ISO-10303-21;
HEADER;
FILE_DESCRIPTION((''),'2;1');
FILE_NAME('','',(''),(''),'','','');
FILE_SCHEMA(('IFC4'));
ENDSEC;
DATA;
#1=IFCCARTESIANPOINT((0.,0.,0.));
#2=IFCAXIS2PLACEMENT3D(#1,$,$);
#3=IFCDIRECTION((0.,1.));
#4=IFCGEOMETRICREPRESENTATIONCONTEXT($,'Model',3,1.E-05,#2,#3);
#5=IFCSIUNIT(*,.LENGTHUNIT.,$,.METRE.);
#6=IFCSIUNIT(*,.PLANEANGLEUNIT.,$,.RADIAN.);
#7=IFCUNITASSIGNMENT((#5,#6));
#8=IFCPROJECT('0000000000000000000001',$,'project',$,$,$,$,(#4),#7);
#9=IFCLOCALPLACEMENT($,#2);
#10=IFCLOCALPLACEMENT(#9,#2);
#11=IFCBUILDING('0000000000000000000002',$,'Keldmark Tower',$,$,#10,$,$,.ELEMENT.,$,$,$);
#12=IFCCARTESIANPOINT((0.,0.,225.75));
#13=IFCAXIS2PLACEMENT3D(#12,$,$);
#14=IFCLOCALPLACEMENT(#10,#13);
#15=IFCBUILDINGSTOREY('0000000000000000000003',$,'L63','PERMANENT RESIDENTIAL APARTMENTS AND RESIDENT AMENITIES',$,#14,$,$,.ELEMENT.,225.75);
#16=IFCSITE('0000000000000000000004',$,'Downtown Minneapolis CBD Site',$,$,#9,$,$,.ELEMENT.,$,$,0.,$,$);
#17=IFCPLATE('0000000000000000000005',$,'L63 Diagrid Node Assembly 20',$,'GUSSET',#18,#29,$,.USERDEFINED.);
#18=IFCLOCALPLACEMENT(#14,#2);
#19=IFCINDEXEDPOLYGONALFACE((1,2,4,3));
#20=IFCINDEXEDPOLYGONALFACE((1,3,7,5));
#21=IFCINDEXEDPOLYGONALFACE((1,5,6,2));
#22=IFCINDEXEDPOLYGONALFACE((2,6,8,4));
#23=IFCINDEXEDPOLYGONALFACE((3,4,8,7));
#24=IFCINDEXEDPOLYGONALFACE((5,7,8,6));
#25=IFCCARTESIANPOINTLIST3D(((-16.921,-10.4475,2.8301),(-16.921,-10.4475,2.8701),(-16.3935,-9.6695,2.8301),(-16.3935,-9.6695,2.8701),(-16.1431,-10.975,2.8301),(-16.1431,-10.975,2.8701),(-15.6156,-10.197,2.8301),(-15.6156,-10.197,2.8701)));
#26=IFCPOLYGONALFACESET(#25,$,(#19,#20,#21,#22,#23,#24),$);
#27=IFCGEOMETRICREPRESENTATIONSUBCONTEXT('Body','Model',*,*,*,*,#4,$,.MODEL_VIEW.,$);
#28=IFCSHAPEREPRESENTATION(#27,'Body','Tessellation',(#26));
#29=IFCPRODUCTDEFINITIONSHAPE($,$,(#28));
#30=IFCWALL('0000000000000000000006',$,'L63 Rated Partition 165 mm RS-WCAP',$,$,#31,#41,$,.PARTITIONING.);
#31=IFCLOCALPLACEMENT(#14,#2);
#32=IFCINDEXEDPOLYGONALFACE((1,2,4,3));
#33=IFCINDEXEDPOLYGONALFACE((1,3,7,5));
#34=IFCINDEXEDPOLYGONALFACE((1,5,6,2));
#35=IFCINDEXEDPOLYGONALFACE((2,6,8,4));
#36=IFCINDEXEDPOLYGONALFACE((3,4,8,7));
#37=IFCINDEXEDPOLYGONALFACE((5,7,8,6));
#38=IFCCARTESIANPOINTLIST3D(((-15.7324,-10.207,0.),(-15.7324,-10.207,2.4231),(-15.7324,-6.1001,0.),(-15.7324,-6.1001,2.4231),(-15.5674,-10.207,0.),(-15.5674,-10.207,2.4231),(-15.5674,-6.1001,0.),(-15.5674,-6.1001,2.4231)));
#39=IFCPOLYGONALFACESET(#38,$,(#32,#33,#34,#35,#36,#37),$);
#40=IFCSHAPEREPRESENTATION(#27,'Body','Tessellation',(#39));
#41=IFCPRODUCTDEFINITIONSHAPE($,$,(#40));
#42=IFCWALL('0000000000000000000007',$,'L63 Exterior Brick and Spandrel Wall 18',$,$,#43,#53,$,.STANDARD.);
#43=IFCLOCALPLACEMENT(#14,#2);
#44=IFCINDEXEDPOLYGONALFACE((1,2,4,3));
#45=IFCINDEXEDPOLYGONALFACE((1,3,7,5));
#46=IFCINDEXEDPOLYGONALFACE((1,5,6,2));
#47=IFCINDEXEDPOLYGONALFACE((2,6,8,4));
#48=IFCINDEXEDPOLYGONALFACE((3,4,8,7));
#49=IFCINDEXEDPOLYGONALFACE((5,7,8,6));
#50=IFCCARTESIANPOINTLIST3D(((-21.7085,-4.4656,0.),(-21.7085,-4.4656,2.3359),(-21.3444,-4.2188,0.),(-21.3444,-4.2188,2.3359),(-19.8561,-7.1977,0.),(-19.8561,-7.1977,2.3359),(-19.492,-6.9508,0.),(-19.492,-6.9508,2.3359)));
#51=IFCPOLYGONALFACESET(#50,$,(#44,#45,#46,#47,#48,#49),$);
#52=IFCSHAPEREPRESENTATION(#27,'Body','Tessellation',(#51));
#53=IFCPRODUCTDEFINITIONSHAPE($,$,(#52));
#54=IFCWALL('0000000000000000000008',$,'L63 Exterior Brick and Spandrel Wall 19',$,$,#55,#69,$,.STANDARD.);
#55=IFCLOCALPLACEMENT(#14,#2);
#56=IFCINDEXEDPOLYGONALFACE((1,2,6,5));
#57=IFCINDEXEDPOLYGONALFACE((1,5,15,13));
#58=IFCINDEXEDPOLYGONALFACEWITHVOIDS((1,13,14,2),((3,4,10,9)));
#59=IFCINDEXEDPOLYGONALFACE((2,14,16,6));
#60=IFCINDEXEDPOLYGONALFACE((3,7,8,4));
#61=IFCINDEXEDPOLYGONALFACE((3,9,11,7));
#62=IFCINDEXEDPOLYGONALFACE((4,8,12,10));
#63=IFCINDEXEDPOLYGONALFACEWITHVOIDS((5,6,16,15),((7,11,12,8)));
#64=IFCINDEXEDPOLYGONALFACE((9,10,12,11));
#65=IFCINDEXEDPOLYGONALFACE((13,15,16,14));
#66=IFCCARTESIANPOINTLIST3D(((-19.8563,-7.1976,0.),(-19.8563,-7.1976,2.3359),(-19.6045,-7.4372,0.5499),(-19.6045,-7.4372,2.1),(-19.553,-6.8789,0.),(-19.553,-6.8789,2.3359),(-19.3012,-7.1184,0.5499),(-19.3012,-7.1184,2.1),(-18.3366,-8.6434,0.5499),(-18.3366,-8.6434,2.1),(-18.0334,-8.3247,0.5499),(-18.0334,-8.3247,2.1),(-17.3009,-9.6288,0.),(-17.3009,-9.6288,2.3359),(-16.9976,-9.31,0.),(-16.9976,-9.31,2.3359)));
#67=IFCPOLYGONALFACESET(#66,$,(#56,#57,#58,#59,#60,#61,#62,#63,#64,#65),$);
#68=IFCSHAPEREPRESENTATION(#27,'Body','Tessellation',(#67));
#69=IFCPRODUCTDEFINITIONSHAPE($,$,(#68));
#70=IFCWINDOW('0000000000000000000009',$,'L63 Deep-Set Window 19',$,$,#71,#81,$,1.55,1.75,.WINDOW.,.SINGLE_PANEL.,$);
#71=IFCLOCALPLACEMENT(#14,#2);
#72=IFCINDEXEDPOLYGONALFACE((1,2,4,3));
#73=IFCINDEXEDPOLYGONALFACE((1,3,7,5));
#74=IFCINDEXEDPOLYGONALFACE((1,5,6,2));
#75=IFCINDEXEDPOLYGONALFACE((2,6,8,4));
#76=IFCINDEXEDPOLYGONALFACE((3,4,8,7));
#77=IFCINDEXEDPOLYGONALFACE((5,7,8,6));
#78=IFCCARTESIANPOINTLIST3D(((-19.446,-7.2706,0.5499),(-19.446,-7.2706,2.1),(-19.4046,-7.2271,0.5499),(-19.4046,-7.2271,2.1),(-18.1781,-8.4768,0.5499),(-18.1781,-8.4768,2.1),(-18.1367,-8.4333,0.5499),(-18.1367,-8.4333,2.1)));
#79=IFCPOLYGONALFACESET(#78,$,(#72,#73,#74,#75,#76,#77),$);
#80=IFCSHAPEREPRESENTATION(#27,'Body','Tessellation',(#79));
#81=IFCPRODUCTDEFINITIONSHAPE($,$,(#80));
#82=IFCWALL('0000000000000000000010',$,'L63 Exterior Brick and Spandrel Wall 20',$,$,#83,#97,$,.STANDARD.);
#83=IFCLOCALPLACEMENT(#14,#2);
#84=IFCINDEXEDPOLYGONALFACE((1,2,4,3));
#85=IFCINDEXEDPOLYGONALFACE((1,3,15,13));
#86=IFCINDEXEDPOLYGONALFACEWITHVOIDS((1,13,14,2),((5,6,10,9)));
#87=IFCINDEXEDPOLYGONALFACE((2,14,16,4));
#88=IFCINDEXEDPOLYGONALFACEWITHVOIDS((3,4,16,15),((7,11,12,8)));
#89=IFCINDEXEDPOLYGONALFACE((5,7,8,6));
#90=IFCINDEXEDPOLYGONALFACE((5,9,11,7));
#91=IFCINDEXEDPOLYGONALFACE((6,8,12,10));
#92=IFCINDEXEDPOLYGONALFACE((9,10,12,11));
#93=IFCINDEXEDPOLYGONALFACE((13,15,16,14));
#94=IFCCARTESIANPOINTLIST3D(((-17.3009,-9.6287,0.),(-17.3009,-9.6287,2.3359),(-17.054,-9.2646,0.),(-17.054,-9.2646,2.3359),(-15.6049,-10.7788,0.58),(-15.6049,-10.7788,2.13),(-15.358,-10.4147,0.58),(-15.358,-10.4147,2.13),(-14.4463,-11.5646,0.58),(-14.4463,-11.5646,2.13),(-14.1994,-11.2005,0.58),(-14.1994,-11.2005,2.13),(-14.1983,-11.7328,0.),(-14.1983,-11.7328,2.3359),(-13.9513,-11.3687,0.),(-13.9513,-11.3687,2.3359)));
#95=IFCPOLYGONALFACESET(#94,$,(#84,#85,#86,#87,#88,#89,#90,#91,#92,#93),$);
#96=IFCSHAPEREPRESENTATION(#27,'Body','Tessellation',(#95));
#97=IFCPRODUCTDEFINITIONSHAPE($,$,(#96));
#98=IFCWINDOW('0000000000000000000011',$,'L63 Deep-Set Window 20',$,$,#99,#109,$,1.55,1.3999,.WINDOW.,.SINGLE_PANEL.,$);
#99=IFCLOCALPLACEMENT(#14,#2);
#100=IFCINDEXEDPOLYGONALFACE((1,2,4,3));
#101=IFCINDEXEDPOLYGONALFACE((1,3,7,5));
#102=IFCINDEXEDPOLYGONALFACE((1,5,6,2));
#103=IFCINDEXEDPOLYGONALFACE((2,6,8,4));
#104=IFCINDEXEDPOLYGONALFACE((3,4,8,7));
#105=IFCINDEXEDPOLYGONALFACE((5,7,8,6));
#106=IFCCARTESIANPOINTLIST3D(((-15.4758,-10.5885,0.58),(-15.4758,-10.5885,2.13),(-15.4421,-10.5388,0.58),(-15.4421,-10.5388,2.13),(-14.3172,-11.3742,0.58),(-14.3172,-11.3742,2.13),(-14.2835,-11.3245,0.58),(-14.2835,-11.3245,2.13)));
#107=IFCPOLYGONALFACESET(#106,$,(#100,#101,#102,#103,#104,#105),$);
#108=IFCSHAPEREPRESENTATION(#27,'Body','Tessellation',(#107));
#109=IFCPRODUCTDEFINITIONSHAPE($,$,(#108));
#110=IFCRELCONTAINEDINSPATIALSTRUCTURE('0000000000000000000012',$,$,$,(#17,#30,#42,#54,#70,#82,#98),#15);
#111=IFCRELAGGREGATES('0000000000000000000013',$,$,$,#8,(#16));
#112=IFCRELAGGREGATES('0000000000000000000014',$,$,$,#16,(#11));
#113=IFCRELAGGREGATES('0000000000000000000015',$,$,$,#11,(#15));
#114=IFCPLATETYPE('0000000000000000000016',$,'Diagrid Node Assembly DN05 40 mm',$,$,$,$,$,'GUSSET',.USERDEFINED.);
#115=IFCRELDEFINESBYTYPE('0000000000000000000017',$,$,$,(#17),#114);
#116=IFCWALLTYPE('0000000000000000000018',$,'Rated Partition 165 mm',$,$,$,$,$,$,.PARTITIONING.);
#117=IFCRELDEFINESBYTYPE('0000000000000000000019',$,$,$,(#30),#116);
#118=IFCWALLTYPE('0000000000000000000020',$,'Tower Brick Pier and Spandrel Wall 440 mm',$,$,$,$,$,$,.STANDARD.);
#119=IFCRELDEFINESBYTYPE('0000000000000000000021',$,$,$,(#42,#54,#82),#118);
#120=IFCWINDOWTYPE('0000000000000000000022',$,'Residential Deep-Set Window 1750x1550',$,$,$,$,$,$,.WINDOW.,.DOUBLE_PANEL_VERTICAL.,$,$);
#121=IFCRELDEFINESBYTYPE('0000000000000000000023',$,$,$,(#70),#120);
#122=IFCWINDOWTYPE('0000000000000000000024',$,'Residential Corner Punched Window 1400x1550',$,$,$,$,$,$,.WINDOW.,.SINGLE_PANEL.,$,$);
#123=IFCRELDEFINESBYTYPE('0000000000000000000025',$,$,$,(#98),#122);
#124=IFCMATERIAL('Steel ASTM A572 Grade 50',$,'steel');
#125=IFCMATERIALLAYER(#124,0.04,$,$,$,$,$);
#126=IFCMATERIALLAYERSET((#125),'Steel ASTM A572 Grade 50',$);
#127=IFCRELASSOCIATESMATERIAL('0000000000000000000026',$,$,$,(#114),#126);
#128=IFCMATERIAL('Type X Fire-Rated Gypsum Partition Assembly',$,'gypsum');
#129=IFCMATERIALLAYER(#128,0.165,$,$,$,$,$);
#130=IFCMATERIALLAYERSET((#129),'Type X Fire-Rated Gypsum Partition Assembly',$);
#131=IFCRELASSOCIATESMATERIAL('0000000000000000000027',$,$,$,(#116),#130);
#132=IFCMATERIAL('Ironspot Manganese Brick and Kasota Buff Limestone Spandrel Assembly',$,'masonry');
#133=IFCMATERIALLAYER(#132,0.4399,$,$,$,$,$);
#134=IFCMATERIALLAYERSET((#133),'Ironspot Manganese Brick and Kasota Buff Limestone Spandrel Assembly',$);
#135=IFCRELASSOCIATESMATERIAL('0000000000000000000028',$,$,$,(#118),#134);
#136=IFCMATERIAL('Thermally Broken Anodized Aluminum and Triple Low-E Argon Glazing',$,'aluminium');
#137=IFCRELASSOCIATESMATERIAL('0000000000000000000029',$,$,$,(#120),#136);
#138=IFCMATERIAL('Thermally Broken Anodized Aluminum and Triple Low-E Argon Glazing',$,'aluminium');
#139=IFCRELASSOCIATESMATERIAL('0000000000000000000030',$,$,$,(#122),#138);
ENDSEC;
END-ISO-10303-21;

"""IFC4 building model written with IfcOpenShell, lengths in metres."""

from ifc_helpers import new_model, si_unit, direction, frame, frame_2d, origin, origin_2d, place, context, subcontext, project, spatial, rectangle, extrude, material, layer, layer_set, type_object, element, fill, save


model = new_model("IFC4")

# Units and contexts
model_context = context("Model", 3, precision=1e-05, world=origin(), true_north=direction((0.0, 1.0)))
body_context = subcontext(model_context, "Body", "Model", "MODEL_VIEW")
ifc_project = project(units=[si_unit("LENGTHUNIT", "METRE"), si_unit("PLANEANGLEUNIT", "RADIAN")], contexts=[model_context])

# Site, building, storey
site_placement = place(None, origin())
site = spatial("IfcSite", under=ifc_project, at=site_placement, Name="Downtown Minneapolis CBD Site", CompositionType="ELEMENT", RefElevation=0.0)
building_placement = place(site_placement, origin())
building = spatial("IfcBuilding", under=site, at=building_placement, Name="Keldmark Tower", CompositionType="ELEMENT")
storey_placement = place(building_placement, frame((0.0, 0.0, 225.75)))
storey = spatial("IfcBuildingStorey", under=building, at=storey_placement, Name="L63", Description="PERMANENT RESIDENTIAL APARTMENTS AND RESIDENT AMENITIES", CompositionType="ELEMENT", Elevation=225.75)

# Plate
ifc_material_1 = material(Name="Steel ASTM A572 Grade 50", Category="steel")
ifc_layer_1 = layer(ifc_material_1, 0.04)
ifc_layer_set_1 = layer_set([ifc_layer_1], Name="Steel ASTM A572 Grade 50")
plate_type = type_object("IfcPlateType", Name="Diagrid Node Assembly DN05 40 mm", ElementType="GUSSET", PredefinedType="USERDEFINED", material=ifc_layer_set_1)
for number, where, z_axis, x_axis, name in (
    (1, (-16.2683, -10.3223, 2.8301), (0.0, 0.0, 1.0), (0.827669, -0.561217, 0.0), "L63 Diagrid Node Assembly 20"),
):
    element("IfcPlate", number, at=place(storey_placement, frame(where, z_axis=z_axis, x_axis=x_axis)), inside=storey, type_object=plate_type, Name=name, ObjectType="GUSSET", PredefinedType="USERDEFINED", context=body_context, shape_type="SweptSolid", body=[
        extrude(rectangle(XDim=0.9399, YDim=0.9399, at=origin_2d()), origin(), (0.0, 0.0, 1.0), 0.04),
    ])

# Walls
ifc_material_2 = material(Name="Type X Fire-Rated Gypsum Partition Assembly", Category="gypsum")
ifc_layer_2 = layer(ifc_material_2, 0.165)
ifc_layer_set_2 = layer_set([ifc_layer_2], Name="Type X Fire-Rated Gypsum Partition Assembly")
wall_type_1 = type_object("IfcWallType", Name="Rated Partition 165 mm", PredefinedType="PARTITIONING", material=ifc_layer_set_2)
wall_1_placement = place(storey_placement, frame((-15.6499, -10.207, 0.0), z_axis=(0.0, 0.0, 1.0), x_axis=(0.0, 1.0, 0.0)))
element("IfcWall", 2, at=wall_1_placement, inside=storey, type_object=wall_type_1, Name="L63 Rated Partition 165 mm RS-WCAP", PredefinedType="PARTITIONING", context=body_context, shape_type="SweptSolid", body=[
    extrude(rectangle(XDim=4.1069, YDim=0.165, at=frame_2d((2.0535, 0.0))), origin(), (0.0, 0.0, 1.0), 2.4231),
])
ifc_material_3 = material(Name="Ironspot Manganese Brick and Kasota Buff Limestone Spandrel Assembly", Category="masonry")
ifc_layer_3 = layer(ifc_material_3, 0.4399)
ifc_layer_set_3 = layer_set([ifc_layer_3], Name="Ironspot Manganese Brick and Kasota Buff Limestone Spandrel Assembly")
wall_type_2 = type_object("IfcWallType", Name="Tower Brick Pier and Spandrel Wall 440 mm", PredefinedType="STANDARD", material=ifc_layer_set_3)
wall_2_placement = place(storey_placement, frame((-19.6741, -7.0742, 0.0), z_axis=(0.0, 0.0, 1.0), x_axis=(-0.561187, 0.827689, 0.0)))
element("IfcWall", 3, at=wall_2_placement, inside=storey, type_object=wall_type_2, Name="L63 Exterior Brick and Spandrel Wall 18", PredefinedType="STANDARD", context=body_context, shape_type="SweptSolid", body=[
    extrude(rectangle(XDim=3.3008, YDim=0.4399, at=frame_2d((1.6504, 0.0))), origin(), (0.0, 0.0, 1.0), 2.3359),
])

# Walls, openings, windows
wall_3_placement = place(storey_placement, frame((-17.1492, -9.4695, 0.0), z_axis=(0.0, 0.0, 1.0), x_axis=(-0.724503, 0.689271, 0.0)))
wall_3 = element("IfcWall", 4, at=wall_3_placement, inside=storey, type_object=wall_type_2, Name="L63 Exterior Brick and Spandrel Wall 19", PredefinedType="STANDARD", context=body_context, shape_type="SweptSolid", body=[
    extrude(rectangle(XDim=3.5271, YDim=0.4399, at=frame_2d((1.7637, 0.0))), origin(), (0.0, 0.0, 1.0), 2.3359),
])
opening_1_placement = place(wall_3_placement, frame((1.4297, 0.0, 0.55)))
opening_1 = element("IfcOpeningElement", 5, at=opening_1_placement, cuts=wall_3, PredefinedType="OPENING", context=body_context, shape_type="SweptSolid", body=[
    extrude(rectangle(XDim=1.75, YDim=1.55, at=frame_2d((0.875, 0.7749))), frame((0.0, 0.23, 0.0), z_axis=(0.0, -1.0, 0.0), x_axis=(1.0, 0.0, 0.0)), (0.0, 0.0, 1.0), 0.46),
])
ifc_material_4 = material(Name="Thermally Broken Anodized Aluminum and Triple Low-E Argon Glazing", Category="aluminium")
window_type_1 = type_object("IfcWindowType", Name="Residential Deep-Set Window 1750x1550", PartitioningType="DOUBLE_PANEL_VERTICAL", PredefinedType="WINDOW", material=ifc_material_4)
window_1_placement = place(opening_1_placement, origin())
window_1 = element("IfcWindow", 6, at=window_1_placement, inside=storey, type_object=window_type_1, Name="L63 Deep-Set Window 19", OverallHeight=1.55, OverallWidth=1.75, PartitioningType="SINGLE_PANEL", PredefinedType="WINDOW", context=body_context, shape_type="SweptSolid", body=[
    extrude(rectangle(XDim=1.75, YDim=1.55, at=frame_2d((0.875, 0.7749))), frame((0.0, -0.01, 0.0), z_axis=(0.0, -1.0, 0.0), x_axis=(1.0, 0.0, 0.0)), (0.0, 0.0, 1.0), 0.0601),
])
fill(opening_1, window_1)
wall_4_placement = place(storey_placement, frame((-14.0747, -11.5508, 0.0), z_axis=(0.0, 0.0, 1.0), x_axis=(-0.827636, 0.561266, 0.0)))
wall_4 = element("IfcWall", 7, at=wall_4_placement, inside=storey, type_object=wall_type_2, Name="L63 Exterior Brick and Spandrel Wall 20", PredefinedType="STANDARD", context=body_context, shape_type="SweptSolid", body=[
    extrude(rectangle(XDim=3.7488, YDim=0.4399, at=frame_2d((1.8745, 0.0))), origin(), (0.0, 0.0, 1.0), 2.3359),
])
opening_2_placement = place(wall_4_placement, frame((0.2998, 0.0, 0.5801)))
opening_2 = element("IfcOpeningElement", 8, at=opening_2_placement, cuts=wall_4, PredefinedType="OPENING", context=body_context, shape_type="SweptSolid", body=[
    extrude(rectangle(XDim=1.3999, YDim=1.55, at=frame_2d((0.7, 0.7749))), frame((0.0, 0.23, 0.0), z_axis=(0.0, -1.0, 0.0), x_axis=(1.0, 0.0, 0.0)), (0.0, 0.0, 1.0), 0.46),
])
ifc_material_5 = material(Name="Thermally Broken Anodized Aluminum and Triple Low-E Argon Glazing", Category="aluminium")
window_type_2 = type_object("IfcWindowType", Name="Residential Corner Punched Window 1400x1550", PartitioningType="SINGLE_PANEL", PredefinedType="WINDOW", material=ifc_material_5)
window_2_placement = place(opening_2_placement, origin())
window_2 = element("IfcWindow", 9, at=window_2_placement, inside=storey, type_object=window_type_2, Name="L63 Deep-Set Window 20", OverallHeight=1.55, OverallWidth=1.3999, PartitioningType="SINGLE_PANEL", PredefinedType="WINDOW", context=body_context, shape_type="SweptSolid", body=[
    extrude(rectangle(XDim=1.3999, YDim=1.55, at=frame_2d((0.7, 0.7749))), frame((0.0, -0.01, 0.0), z_axis=(0.0, -1.0, 0.0), x_axis=(1.0, 0.0, 0.0)), (0.0, 0.0, 1.0), 0.0601),
])
fill(opening_2, window_2)

save(model, "model.ifc")
